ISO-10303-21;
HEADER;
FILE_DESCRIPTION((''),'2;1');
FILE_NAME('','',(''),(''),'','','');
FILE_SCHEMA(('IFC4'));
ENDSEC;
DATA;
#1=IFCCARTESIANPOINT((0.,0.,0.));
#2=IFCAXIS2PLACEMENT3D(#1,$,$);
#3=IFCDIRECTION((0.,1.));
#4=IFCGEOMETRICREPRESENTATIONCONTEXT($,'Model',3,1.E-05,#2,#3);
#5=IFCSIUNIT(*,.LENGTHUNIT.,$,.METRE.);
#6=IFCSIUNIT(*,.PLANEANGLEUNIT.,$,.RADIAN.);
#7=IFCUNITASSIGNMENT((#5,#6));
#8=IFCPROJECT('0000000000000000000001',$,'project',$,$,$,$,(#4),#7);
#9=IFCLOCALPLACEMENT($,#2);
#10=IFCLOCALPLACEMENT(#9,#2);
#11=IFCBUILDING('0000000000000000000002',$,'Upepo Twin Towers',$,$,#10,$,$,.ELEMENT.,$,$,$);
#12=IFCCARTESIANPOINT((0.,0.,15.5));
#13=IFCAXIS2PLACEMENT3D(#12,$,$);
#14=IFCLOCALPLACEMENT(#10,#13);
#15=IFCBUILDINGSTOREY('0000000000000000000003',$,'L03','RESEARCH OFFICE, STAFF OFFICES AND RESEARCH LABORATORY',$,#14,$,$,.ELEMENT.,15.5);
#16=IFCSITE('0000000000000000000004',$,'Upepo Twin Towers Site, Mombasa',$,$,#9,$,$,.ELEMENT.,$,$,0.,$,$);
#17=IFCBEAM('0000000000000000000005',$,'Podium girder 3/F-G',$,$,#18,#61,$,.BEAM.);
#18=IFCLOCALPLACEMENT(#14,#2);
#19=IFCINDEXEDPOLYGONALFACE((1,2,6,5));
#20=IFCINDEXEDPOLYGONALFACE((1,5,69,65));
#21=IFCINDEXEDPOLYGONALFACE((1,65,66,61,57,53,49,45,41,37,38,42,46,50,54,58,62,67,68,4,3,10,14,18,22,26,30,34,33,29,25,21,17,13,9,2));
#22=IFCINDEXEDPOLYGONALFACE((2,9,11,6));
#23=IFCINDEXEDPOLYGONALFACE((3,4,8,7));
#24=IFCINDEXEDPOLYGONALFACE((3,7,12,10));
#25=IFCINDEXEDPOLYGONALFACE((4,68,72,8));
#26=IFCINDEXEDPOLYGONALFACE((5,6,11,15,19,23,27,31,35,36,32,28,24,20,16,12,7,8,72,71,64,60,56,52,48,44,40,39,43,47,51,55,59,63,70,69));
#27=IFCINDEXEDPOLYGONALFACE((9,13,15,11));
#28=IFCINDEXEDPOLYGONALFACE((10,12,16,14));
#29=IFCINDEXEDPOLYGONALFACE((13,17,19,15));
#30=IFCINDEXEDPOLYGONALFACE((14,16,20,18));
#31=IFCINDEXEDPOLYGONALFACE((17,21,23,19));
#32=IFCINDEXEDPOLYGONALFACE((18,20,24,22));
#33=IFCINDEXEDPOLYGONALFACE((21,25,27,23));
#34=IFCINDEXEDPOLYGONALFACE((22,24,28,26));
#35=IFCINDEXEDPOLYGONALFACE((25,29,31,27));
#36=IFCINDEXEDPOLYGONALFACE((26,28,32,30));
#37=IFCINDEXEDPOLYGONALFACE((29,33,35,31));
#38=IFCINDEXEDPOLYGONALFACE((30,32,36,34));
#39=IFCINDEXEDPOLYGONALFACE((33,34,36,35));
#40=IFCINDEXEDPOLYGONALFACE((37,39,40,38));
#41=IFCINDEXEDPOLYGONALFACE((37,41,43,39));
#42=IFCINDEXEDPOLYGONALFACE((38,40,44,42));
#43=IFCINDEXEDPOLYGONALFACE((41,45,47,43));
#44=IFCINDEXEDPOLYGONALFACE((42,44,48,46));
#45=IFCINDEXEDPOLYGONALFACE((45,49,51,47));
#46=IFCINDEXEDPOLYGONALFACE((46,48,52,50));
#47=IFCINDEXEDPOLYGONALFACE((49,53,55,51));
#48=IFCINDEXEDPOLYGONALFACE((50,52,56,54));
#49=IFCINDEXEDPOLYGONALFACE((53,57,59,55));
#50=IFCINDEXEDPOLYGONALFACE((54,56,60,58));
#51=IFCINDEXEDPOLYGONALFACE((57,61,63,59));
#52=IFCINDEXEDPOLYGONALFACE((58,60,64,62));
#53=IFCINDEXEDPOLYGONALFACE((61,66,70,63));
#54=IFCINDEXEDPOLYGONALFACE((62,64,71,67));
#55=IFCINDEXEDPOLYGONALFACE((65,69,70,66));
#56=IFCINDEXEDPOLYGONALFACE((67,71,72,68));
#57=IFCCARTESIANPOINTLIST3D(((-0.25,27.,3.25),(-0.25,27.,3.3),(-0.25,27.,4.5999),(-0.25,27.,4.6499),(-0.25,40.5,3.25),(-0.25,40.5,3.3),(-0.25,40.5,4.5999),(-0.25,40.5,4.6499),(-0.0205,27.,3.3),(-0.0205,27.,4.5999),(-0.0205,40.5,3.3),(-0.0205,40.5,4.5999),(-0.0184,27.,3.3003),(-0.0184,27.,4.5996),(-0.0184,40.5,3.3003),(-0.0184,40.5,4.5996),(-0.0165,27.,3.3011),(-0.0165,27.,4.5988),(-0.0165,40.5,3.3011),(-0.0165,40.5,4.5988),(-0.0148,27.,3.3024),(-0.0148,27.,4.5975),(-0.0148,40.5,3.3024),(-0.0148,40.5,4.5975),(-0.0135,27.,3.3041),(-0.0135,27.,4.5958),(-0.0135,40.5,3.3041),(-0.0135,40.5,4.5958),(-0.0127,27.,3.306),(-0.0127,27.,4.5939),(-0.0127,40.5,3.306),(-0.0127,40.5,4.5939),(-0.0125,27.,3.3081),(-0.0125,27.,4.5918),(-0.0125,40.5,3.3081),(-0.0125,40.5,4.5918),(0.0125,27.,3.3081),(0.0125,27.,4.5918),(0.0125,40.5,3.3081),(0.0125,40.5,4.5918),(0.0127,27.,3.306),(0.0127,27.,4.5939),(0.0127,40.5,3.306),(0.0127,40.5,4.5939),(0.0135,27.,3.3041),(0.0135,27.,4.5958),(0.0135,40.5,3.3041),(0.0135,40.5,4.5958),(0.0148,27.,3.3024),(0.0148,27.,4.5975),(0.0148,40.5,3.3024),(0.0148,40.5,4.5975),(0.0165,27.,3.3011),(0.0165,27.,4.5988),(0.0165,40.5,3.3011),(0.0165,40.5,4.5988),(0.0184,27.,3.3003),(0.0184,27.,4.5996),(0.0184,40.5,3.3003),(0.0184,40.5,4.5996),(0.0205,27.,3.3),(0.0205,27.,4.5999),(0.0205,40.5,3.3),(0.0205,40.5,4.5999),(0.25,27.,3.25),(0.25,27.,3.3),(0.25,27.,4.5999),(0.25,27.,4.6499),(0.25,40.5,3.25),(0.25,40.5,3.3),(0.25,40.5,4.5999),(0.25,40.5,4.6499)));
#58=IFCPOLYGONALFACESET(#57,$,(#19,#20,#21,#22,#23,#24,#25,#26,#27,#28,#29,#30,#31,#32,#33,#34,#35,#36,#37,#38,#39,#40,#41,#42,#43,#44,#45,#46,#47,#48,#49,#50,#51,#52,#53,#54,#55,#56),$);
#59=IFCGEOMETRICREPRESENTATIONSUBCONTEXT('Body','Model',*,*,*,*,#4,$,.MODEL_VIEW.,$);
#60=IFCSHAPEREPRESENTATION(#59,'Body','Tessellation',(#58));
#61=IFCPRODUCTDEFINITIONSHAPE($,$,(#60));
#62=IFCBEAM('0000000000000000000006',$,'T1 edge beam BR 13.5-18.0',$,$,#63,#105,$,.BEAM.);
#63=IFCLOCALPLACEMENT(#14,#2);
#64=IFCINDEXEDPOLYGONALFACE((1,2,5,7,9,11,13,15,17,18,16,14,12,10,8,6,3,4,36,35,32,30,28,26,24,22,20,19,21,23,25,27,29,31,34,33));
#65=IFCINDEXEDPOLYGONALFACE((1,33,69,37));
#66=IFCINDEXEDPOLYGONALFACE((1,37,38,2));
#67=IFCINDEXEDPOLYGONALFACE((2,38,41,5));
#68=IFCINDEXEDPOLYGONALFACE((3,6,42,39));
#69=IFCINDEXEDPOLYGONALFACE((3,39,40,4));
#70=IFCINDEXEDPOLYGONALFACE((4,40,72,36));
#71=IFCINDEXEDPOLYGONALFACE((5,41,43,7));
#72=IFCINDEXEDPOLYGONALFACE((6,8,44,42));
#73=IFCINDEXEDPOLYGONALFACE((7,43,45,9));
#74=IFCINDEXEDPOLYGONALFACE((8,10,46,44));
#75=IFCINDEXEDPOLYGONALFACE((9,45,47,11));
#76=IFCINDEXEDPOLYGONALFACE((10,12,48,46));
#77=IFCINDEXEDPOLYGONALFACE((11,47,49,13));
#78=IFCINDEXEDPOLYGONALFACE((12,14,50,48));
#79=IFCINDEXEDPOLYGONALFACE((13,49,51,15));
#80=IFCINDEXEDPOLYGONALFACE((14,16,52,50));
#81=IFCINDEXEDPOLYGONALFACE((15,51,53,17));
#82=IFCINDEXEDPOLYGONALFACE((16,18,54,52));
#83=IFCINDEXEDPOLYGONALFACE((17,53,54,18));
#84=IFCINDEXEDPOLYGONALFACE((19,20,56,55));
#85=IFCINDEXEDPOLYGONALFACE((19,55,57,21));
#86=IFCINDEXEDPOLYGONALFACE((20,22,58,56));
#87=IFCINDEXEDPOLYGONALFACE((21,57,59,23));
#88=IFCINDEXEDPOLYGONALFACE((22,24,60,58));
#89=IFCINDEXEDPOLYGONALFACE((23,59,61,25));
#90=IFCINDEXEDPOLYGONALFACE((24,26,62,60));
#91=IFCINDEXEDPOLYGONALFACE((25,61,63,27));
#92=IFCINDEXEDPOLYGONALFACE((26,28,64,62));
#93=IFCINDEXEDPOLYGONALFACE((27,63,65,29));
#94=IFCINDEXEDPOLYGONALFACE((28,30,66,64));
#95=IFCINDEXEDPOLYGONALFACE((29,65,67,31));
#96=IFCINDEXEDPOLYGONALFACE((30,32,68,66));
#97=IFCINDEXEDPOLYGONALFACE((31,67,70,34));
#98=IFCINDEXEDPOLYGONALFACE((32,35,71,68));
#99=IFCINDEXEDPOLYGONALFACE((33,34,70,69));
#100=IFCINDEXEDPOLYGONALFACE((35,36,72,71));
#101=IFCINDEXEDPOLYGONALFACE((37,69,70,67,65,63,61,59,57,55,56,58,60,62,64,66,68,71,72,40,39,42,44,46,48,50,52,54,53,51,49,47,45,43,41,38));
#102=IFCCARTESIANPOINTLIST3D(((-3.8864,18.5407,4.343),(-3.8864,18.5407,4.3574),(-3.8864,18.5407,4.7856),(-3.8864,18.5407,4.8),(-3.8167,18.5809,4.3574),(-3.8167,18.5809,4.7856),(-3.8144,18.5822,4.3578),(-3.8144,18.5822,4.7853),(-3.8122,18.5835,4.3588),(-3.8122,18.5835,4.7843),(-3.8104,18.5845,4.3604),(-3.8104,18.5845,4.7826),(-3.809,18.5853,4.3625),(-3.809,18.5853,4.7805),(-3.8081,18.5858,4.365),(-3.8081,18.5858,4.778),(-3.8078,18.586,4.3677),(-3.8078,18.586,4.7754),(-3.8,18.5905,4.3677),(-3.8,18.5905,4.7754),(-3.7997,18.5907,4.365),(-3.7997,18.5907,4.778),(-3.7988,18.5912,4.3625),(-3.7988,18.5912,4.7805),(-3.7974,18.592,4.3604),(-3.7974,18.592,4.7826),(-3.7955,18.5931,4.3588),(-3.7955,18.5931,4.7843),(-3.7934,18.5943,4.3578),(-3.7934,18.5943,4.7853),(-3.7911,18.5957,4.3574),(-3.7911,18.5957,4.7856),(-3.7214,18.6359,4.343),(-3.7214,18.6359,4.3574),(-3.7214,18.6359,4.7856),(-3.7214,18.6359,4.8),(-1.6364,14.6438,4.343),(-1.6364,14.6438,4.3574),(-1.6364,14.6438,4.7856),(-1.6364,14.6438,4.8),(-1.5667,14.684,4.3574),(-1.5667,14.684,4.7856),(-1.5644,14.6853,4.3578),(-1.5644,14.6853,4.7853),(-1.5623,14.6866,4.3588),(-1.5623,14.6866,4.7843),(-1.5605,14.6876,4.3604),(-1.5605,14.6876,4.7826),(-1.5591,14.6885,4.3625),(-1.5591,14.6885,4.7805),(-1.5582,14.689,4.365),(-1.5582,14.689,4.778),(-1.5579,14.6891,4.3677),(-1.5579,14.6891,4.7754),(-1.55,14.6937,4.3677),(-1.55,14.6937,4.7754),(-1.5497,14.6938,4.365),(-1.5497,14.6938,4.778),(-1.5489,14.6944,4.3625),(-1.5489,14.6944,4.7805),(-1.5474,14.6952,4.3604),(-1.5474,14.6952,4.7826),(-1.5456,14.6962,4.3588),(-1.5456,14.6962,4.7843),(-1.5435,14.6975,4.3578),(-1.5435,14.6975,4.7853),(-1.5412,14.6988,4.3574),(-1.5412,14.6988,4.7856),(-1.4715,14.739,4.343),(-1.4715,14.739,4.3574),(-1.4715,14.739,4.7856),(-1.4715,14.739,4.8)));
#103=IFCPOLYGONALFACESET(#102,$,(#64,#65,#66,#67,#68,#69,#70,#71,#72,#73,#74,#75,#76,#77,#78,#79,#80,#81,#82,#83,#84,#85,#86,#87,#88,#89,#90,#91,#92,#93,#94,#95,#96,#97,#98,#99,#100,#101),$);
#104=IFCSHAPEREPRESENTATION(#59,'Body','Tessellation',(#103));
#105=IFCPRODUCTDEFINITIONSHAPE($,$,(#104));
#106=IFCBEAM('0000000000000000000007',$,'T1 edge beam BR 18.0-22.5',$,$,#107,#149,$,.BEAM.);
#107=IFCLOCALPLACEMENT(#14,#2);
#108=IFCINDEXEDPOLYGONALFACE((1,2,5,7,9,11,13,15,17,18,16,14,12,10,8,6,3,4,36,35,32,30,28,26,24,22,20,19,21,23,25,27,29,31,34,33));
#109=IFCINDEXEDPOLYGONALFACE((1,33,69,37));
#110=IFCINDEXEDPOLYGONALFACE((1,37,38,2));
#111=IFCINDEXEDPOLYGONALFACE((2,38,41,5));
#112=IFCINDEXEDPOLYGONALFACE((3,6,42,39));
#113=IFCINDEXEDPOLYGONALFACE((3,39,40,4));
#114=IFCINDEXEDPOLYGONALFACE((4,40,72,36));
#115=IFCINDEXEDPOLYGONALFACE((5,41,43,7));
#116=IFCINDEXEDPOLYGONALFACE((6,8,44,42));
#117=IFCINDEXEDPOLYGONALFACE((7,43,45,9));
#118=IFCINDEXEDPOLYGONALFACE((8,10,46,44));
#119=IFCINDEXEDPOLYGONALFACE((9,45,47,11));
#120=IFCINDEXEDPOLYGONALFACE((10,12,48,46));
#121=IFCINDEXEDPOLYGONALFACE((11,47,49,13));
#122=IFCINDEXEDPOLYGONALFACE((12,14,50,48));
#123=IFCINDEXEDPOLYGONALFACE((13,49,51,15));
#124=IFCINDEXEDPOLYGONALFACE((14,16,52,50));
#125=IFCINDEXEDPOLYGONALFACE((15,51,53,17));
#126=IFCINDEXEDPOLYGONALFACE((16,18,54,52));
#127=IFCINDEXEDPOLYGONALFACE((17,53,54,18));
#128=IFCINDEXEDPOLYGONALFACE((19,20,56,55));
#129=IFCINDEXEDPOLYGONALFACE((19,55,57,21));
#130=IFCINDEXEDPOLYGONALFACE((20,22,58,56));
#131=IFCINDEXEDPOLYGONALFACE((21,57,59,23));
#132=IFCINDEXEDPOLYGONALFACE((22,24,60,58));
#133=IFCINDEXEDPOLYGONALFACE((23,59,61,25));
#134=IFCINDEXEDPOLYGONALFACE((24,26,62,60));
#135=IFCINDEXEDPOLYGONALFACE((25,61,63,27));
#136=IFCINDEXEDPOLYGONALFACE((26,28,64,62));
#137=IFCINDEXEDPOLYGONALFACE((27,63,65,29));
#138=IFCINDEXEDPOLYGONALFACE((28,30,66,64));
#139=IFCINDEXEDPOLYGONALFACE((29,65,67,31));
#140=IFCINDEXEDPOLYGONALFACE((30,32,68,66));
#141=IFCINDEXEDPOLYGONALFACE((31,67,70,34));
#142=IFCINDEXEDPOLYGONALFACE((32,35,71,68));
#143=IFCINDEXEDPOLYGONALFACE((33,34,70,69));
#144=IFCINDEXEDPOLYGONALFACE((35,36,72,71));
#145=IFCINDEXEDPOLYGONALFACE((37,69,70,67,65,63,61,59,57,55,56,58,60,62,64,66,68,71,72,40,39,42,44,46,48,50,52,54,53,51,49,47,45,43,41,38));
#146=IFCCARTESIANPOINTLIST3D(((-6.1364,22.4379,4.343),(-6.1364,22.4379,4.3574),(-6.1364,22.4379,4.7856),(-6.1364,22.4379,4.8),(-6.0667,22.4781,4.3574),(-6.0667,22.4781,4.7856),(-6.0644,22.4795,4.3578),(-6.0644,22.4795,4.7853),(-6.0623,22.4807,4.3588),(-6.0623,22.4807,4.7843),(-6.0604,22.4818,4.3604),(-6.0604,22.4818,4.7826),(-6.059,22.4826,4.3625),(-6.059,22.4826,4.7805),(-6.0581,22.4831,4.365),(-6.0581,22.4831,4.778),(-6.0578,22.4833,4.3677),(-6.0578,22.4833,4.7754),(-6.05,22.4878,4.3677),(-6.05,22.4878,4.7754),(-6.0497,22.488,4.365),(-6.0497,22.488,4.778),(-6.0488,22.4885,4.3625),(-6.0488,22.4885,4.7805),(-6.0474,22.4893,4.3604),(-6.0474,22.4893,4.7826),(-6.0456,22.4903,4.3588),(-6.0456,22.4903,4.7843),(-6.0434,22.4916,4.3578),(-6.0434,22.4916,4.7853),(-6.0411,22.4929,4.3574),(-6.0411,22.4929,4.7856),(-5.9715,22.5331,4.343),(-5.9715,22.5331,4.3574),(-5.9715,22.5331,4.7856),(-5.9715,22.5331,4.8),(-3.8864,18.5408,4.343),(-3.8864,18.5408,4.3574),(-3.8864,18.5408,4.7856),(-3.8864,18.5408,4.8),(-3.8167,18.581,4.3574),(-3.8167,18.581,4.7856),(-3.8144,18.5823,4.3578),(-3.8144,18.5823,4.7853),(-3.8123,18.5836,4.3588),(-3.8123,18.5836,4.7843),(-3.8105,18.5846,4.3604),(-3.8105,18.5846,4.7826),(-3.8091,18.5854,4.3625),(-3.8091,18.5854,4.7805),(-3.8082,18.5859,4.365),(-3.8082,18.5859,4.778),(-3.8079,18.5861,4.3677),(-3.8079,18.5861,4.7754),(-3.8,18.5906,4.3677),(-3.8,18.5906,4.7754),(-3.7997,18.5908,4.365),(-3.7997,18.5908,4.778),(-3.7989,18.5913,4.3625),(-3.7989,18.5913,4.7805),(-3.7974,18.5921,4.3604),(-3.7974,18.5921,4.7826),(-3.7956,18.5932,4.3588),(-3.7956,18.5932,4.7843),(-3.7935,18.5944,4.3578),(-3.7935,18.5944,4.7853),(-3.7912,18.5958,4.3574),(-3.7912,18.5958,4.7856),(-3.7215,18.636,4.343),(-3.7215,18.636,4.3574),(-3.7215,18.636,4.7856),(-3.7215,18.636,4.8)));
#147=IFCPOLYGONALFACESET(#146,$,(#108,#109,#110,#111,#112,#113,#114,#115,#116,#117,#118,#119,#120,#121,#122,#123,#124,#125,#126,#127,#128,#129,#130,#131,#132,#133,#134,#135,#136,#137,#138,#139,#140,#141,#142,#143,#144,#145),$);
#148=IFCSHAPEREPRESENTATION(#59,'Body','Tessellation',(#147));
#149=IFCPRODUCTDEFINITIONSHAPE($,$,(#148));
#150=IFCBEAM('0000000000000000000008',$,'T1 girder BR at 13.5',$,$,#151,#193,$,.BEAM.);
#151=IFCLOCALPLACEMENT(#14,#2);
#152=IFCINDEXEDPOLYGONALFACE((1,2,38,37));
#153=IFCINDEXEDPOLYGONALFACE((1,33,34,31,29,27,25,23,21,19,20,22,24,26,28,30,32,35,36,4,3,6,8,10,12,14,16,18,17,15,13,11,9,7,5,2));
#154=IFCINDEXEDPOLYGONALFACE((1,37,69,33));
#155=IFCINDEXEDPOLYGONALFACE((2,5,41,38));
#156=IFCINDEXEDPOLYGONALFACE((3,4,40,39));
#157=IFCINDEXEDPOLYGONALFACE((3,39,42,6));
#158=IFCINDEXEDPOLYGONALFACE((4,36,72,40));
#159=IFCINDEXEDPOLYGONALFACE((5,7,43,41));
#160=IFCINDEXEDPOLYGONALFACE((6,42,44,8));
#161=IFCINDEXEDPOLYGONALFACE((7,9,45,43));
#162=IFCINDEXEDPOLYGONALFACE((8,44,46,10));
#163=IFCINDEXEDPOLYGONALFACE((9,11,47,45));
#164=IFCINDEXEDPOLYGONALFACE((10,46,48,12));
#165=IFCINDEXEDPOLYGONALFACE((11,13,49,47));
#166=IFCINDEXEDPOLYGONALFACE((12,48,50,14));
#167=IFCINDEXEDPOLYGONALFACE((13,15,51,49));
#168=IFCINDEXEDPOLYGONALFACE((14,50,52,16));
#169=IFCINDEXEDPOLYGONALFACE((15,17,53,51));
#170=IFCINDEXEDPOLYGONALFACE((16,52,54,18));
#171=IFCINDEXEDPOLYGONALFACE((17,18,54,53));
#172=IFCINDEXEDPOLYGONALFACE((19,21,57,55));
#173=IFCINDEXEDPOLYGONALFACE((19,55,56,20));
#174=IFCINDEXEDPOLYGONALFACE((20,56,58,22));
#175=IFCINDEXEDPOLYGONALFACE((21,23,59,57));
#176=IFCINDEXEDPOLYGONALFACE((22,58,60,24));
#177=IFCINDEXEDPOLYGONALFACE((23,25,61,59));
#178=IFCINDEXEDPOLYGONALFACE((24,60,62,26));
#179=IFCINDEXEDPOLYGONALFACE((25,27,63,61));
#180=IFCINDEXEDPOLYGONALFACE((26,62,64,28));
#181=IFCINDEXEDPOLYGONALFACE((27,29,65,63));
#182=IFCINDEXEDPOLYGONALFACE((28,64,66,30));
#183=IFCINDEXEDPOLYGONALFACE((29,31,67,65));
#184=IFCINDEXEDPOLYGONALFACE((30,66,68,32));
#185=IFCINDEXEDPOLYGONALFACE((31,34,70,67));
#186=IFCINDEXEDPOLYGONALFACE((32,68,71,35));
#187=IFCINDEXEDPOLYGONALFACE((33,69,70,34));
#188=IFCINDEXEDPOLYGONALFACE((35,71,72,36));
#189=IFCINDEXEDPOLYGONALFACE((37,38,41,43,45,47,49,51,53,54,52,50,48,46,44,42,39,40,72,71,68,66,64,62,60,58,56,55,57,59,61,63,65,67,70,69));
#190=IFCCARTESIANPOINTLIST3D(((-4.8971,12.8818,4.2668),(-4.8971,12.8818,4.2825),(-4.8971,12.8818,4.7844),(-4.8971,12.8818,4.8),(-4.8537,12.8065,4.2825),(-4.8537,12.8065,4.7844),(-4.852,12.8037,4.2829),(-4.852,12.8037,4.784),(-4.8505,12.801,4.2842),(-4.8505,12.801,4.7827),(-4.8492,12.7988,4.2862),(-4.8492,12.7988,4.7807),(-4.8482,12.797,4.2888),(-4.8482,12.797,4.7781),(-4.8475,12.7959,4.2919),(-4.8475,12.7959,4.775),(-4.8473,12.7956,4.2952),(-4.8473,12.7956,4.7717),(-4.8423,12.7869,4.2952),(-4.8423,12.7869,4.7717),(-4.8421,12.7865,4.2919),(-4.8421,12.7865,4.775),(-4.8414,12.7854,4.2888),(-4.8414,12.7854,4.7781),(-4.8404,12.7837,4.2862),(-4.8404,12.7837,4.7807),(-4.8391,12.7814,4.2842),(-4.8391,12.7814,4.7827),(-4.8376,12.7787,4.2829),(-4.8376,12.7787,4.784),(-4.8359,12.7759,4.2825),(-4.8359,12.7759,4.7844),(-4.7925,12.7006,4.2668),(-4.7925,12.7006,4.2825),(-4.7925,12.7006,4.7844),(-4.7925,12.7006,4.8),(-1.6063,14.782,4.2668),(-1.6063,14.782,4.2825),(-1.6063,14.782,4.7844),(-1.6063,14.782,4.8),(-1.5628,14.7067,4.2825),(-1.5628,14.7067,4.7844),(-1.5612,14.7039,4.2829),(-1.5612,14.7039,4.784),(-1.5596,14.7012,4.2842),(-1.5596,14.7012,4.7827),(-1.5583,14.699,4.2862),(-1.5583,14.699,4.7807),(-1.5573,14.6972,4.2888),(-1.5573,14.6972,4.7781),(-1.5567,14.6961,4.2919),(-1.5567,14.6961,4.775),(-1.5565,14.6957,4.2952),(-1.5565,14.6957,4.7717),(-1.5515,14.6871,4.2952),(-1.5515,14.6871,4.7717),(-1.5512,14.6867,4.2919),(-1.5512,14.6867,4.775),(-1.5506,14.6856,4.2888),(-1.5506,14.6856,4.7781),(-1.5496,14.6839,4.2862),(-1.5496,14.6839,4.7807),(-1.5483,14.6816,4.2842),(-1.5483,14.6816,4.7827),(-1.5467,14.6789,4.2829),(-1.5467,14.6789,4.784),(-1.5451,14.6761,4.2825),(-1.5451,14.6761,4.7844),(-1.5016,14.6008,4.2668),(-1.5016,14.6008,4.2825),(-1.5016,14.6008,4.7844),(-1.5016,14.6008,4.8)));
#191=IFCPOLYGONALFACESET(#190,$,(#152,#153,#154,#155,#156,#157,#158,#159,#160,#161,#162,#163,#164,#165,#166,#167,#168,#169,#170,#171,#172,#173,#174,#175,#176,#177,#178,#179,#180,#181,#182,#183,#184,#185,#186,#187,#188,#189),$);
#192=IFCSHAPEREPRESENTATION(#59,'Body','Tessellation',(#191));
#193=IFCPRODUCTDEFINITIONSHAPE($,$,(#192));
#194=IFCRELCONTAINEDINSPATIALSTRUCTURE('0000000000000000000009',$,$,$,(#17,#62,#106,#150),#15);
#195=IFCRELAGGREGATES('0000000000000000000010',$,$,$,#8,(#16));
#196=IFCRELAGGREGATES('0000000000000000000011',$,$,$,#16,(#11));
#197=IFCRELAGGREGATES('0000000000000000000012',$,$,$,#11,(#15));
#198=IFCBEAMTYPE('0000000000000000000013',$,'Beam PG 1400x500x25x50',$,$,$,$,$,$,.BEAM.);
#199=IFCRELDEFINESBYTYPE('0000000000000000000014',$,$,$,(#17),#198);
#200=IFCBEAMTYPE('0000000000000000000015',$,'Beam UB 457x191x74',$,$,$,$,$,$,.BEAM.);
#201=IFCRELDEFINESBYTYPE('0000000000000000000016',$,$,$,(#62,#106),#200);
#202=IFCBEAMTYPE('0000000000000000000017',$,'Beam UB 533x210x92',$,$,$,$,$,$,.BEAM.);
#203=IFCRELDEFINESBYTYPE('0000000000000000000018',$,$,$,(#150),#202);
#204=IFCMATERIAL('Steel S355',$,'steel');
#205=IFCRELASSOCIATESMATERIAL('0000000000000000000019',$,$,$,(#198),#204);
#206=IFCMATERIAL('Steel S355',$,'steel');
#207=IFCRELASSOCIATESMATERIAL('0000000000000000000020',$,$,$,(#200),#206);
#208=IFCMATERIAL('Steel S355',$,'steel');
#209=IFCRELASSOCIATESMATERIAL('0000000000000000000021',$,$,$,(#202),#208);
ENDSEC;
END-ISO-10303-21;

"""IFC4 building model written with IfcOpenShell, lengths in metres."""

from ifc_helpers import new_model, si_unit, direction, frame, origin, origin_2d, place, context, subcontext, project, spatial, i_section, extrude, material, material_profile, profile_set, type_object, element, save


model = new_model("IFC4")

# Units and contexts
model_context = context("Model", 3, precision=1e-05, world=origin(), true_north=direction((0.0, 1.0)))
body_context = subcontext(model_context, "Body", "Model", "MODEL_VIEW")
ifc_project = project(units=[si_unit("LENGTHUNIT", "METRE"), si_unit("PLANEANGLEUNIT", "RADIAN")], contexts=[model_context])

# Site, building, storey
site_placement = place(None, origin())
site = spatial("IfcSite", under=ifc_project, at=site_placement, Name="Upepo Twin Towers Site, Mombasa", CompositionType="ELEMENT", RefElevation=0.0)
building_placement = place(site_placement, origin())
building = spatial("IfcBuilding", under=site, at=building_placement, Name="Upepo Twin Towers", CompositionType="ELEMENT")
storey_placement = place(building_placement, frame((0.0, 0.0, 15.5)))
storey = spatial("IfcBuildingStorey", under=building, at=storey_placement, Name="L03", Description="RESEARCH OFFICE, STAFF OFFICES AND RESEARCH LABORATORY", CompositionType="ELEMENT", Elevation=15.5)

# Beams
ifc_material_1 = material(Name="Steel S355", Category="steel")
ifc_material_profile_1 = material_profile(ifc_material_1, i_section(OverallWidth=0.5, OverallDepth=1.3999, WebThickness=0.0249, FlangeThickness=0.05, FilletRadius=0.0081, at=origin_2d()), Name="PG 1400x500x25x50")
ifc_profile_set_1 = profile_set([ifc_material_profile_1], Name="Steel S355")
beam_type_1 = type_object("IfcBeamType", Name="Beam PG 1400x500x25x50", PredefinedType="BEAM", material=ifc_profile_set_1)
for number, where, z_axis, x_axis, name in (
    (1, (0.0, 27.0, 3.95), (0.0, 1.0, 0.0), (-1.0, 0.0, 0.0), "Podium girder 3/F-G"),
):
    element("IfcBeam", number, at=place(storey_placement, frame(where, z_axis=z_axis, x_axis=x_axis)), inside=storey, type_object=beam_type_1, Name=name, PredefinedType="BEAM", context=body_context, shape_type="SweptSolid", body=[
        extrude(i_section(OverallWidth=0.5, OverallDepth=1.3999, WebThickness=0.0249, FlangeThickness=0.05, FilletRadius=0.0081, at=origin_2d()), origin(), (0.0, 0.0, 1.0), 13.5),
    ])
ifc_material_2 = material(Name="Steel S355", Category="steel")
ifc_material_profile_2 = material_profile(ifc_material_2, i_section(OverallWidth=0.1904, OverallDepth=0.457, WebThickness=0.009, FlangeThickness=0.0144, FilletRadius=0.0103, at=origin_2d()), Name="UB 457x191x74")
ifc_profile_set_2 = profile_set([ifc_material_profile_2], Name="Steel S355")
beam_type_2 = type_object("IfcBeamType", Name="Beam UB 457x191x74", PredefinedType="BEAM", material=ifc_profile_set_2)
beam_1_placement = place(storey_placement, frame((-1.554, 14.6914, 4.5715), z_axis=(-0.500014, 0.866018, 0.0), x_axis=(-0.866018, -0.500014, 0.0)))
element("IfcBeam", 2, at=beam_1_placement, inside=storey, type_object=beam_type_2, Name="T1 edge beam BR 13.5-18.0", PredefinedType="BEAM", context=body_context, shape_type="SweptSolid", body=[
    extrude(i_section(OverallWidth=0.1904, OverallDepth=0.457, WebThickness=0.009, FlangeThickness=0.0144, FilletRadius=0.0103, at=origin_2d()), origin(), (0.0, 0.0, 1.0), 4.4998),
])
beam_2_placement = place(storey_placement, frame((-3.804, 18.5884, 4.5715), z_axis=(-0.49999, 0.866031, 0.0), x_axis=(-0.866031, -0.49999, 0.0)))
element("IfcBeam", 3, at=beam_2_placement, inside=storey, type_object=beam_type_2, Name="T1 edge beam BR 18.0-22.5", PredefinedType="BEAM", context=body_context, shape_type="SweptSolid", body=[
    extrude(i_section(OverallWidth=0.1904, OverallDepth=0.457, WebThickness=0.009, FlangeThickness=0.0144, FilletRadius=0.0103, at=origin_2d()), origin(), (0.0, 0.0, 1.0), 4.5),
])
ifc_material_3 = material(Name="Steel S355", Category="steel")
ifc_material_profile_3 = material_profile(ifc_material_3, i_section(OverallWidth=0.2092, OverallDepth=0.5332, WebThickness=0.01, FlangeThickness=0.0156, FilletRadius=0.0127, at=origin_2d()), Name="UB 533x210x92")
ifc_profile_set_3 = profile_set([ifc_material_profile_3], Name="Steel S355")
beam_type_3 = type_object("IfcBeamType", Name="Beam UB 533x210x92", PredefinedType="BEAM", material=ifc_profile_set_3)
beam_3_placement = place(storey_placement, frame((-1.554, 14.6914, 4.5334), z_axis=(-0.866, -0.500043, 0.0), x_axis=(0.500043, -0.866, 0.0)))
element("IfcBeam", 4, at=beam_3_placement, inside=storey, type_object=beam_type_3, Name="T1 girder BR at 13.5", PredefinedType="BEAM", context=body_context, shape_type="SweptSolid", body=[
    extrude(i_section(OverallWidth=0.2092, OverallDepth=0.5332, WebThickness=0.01, FlangeThickness=0.0156, FilletRadius=0.0127, at=origin_2d()), origin(), (0.0, 0.0, 1.0), 3.8),
])

save(model, "model.ifc")
